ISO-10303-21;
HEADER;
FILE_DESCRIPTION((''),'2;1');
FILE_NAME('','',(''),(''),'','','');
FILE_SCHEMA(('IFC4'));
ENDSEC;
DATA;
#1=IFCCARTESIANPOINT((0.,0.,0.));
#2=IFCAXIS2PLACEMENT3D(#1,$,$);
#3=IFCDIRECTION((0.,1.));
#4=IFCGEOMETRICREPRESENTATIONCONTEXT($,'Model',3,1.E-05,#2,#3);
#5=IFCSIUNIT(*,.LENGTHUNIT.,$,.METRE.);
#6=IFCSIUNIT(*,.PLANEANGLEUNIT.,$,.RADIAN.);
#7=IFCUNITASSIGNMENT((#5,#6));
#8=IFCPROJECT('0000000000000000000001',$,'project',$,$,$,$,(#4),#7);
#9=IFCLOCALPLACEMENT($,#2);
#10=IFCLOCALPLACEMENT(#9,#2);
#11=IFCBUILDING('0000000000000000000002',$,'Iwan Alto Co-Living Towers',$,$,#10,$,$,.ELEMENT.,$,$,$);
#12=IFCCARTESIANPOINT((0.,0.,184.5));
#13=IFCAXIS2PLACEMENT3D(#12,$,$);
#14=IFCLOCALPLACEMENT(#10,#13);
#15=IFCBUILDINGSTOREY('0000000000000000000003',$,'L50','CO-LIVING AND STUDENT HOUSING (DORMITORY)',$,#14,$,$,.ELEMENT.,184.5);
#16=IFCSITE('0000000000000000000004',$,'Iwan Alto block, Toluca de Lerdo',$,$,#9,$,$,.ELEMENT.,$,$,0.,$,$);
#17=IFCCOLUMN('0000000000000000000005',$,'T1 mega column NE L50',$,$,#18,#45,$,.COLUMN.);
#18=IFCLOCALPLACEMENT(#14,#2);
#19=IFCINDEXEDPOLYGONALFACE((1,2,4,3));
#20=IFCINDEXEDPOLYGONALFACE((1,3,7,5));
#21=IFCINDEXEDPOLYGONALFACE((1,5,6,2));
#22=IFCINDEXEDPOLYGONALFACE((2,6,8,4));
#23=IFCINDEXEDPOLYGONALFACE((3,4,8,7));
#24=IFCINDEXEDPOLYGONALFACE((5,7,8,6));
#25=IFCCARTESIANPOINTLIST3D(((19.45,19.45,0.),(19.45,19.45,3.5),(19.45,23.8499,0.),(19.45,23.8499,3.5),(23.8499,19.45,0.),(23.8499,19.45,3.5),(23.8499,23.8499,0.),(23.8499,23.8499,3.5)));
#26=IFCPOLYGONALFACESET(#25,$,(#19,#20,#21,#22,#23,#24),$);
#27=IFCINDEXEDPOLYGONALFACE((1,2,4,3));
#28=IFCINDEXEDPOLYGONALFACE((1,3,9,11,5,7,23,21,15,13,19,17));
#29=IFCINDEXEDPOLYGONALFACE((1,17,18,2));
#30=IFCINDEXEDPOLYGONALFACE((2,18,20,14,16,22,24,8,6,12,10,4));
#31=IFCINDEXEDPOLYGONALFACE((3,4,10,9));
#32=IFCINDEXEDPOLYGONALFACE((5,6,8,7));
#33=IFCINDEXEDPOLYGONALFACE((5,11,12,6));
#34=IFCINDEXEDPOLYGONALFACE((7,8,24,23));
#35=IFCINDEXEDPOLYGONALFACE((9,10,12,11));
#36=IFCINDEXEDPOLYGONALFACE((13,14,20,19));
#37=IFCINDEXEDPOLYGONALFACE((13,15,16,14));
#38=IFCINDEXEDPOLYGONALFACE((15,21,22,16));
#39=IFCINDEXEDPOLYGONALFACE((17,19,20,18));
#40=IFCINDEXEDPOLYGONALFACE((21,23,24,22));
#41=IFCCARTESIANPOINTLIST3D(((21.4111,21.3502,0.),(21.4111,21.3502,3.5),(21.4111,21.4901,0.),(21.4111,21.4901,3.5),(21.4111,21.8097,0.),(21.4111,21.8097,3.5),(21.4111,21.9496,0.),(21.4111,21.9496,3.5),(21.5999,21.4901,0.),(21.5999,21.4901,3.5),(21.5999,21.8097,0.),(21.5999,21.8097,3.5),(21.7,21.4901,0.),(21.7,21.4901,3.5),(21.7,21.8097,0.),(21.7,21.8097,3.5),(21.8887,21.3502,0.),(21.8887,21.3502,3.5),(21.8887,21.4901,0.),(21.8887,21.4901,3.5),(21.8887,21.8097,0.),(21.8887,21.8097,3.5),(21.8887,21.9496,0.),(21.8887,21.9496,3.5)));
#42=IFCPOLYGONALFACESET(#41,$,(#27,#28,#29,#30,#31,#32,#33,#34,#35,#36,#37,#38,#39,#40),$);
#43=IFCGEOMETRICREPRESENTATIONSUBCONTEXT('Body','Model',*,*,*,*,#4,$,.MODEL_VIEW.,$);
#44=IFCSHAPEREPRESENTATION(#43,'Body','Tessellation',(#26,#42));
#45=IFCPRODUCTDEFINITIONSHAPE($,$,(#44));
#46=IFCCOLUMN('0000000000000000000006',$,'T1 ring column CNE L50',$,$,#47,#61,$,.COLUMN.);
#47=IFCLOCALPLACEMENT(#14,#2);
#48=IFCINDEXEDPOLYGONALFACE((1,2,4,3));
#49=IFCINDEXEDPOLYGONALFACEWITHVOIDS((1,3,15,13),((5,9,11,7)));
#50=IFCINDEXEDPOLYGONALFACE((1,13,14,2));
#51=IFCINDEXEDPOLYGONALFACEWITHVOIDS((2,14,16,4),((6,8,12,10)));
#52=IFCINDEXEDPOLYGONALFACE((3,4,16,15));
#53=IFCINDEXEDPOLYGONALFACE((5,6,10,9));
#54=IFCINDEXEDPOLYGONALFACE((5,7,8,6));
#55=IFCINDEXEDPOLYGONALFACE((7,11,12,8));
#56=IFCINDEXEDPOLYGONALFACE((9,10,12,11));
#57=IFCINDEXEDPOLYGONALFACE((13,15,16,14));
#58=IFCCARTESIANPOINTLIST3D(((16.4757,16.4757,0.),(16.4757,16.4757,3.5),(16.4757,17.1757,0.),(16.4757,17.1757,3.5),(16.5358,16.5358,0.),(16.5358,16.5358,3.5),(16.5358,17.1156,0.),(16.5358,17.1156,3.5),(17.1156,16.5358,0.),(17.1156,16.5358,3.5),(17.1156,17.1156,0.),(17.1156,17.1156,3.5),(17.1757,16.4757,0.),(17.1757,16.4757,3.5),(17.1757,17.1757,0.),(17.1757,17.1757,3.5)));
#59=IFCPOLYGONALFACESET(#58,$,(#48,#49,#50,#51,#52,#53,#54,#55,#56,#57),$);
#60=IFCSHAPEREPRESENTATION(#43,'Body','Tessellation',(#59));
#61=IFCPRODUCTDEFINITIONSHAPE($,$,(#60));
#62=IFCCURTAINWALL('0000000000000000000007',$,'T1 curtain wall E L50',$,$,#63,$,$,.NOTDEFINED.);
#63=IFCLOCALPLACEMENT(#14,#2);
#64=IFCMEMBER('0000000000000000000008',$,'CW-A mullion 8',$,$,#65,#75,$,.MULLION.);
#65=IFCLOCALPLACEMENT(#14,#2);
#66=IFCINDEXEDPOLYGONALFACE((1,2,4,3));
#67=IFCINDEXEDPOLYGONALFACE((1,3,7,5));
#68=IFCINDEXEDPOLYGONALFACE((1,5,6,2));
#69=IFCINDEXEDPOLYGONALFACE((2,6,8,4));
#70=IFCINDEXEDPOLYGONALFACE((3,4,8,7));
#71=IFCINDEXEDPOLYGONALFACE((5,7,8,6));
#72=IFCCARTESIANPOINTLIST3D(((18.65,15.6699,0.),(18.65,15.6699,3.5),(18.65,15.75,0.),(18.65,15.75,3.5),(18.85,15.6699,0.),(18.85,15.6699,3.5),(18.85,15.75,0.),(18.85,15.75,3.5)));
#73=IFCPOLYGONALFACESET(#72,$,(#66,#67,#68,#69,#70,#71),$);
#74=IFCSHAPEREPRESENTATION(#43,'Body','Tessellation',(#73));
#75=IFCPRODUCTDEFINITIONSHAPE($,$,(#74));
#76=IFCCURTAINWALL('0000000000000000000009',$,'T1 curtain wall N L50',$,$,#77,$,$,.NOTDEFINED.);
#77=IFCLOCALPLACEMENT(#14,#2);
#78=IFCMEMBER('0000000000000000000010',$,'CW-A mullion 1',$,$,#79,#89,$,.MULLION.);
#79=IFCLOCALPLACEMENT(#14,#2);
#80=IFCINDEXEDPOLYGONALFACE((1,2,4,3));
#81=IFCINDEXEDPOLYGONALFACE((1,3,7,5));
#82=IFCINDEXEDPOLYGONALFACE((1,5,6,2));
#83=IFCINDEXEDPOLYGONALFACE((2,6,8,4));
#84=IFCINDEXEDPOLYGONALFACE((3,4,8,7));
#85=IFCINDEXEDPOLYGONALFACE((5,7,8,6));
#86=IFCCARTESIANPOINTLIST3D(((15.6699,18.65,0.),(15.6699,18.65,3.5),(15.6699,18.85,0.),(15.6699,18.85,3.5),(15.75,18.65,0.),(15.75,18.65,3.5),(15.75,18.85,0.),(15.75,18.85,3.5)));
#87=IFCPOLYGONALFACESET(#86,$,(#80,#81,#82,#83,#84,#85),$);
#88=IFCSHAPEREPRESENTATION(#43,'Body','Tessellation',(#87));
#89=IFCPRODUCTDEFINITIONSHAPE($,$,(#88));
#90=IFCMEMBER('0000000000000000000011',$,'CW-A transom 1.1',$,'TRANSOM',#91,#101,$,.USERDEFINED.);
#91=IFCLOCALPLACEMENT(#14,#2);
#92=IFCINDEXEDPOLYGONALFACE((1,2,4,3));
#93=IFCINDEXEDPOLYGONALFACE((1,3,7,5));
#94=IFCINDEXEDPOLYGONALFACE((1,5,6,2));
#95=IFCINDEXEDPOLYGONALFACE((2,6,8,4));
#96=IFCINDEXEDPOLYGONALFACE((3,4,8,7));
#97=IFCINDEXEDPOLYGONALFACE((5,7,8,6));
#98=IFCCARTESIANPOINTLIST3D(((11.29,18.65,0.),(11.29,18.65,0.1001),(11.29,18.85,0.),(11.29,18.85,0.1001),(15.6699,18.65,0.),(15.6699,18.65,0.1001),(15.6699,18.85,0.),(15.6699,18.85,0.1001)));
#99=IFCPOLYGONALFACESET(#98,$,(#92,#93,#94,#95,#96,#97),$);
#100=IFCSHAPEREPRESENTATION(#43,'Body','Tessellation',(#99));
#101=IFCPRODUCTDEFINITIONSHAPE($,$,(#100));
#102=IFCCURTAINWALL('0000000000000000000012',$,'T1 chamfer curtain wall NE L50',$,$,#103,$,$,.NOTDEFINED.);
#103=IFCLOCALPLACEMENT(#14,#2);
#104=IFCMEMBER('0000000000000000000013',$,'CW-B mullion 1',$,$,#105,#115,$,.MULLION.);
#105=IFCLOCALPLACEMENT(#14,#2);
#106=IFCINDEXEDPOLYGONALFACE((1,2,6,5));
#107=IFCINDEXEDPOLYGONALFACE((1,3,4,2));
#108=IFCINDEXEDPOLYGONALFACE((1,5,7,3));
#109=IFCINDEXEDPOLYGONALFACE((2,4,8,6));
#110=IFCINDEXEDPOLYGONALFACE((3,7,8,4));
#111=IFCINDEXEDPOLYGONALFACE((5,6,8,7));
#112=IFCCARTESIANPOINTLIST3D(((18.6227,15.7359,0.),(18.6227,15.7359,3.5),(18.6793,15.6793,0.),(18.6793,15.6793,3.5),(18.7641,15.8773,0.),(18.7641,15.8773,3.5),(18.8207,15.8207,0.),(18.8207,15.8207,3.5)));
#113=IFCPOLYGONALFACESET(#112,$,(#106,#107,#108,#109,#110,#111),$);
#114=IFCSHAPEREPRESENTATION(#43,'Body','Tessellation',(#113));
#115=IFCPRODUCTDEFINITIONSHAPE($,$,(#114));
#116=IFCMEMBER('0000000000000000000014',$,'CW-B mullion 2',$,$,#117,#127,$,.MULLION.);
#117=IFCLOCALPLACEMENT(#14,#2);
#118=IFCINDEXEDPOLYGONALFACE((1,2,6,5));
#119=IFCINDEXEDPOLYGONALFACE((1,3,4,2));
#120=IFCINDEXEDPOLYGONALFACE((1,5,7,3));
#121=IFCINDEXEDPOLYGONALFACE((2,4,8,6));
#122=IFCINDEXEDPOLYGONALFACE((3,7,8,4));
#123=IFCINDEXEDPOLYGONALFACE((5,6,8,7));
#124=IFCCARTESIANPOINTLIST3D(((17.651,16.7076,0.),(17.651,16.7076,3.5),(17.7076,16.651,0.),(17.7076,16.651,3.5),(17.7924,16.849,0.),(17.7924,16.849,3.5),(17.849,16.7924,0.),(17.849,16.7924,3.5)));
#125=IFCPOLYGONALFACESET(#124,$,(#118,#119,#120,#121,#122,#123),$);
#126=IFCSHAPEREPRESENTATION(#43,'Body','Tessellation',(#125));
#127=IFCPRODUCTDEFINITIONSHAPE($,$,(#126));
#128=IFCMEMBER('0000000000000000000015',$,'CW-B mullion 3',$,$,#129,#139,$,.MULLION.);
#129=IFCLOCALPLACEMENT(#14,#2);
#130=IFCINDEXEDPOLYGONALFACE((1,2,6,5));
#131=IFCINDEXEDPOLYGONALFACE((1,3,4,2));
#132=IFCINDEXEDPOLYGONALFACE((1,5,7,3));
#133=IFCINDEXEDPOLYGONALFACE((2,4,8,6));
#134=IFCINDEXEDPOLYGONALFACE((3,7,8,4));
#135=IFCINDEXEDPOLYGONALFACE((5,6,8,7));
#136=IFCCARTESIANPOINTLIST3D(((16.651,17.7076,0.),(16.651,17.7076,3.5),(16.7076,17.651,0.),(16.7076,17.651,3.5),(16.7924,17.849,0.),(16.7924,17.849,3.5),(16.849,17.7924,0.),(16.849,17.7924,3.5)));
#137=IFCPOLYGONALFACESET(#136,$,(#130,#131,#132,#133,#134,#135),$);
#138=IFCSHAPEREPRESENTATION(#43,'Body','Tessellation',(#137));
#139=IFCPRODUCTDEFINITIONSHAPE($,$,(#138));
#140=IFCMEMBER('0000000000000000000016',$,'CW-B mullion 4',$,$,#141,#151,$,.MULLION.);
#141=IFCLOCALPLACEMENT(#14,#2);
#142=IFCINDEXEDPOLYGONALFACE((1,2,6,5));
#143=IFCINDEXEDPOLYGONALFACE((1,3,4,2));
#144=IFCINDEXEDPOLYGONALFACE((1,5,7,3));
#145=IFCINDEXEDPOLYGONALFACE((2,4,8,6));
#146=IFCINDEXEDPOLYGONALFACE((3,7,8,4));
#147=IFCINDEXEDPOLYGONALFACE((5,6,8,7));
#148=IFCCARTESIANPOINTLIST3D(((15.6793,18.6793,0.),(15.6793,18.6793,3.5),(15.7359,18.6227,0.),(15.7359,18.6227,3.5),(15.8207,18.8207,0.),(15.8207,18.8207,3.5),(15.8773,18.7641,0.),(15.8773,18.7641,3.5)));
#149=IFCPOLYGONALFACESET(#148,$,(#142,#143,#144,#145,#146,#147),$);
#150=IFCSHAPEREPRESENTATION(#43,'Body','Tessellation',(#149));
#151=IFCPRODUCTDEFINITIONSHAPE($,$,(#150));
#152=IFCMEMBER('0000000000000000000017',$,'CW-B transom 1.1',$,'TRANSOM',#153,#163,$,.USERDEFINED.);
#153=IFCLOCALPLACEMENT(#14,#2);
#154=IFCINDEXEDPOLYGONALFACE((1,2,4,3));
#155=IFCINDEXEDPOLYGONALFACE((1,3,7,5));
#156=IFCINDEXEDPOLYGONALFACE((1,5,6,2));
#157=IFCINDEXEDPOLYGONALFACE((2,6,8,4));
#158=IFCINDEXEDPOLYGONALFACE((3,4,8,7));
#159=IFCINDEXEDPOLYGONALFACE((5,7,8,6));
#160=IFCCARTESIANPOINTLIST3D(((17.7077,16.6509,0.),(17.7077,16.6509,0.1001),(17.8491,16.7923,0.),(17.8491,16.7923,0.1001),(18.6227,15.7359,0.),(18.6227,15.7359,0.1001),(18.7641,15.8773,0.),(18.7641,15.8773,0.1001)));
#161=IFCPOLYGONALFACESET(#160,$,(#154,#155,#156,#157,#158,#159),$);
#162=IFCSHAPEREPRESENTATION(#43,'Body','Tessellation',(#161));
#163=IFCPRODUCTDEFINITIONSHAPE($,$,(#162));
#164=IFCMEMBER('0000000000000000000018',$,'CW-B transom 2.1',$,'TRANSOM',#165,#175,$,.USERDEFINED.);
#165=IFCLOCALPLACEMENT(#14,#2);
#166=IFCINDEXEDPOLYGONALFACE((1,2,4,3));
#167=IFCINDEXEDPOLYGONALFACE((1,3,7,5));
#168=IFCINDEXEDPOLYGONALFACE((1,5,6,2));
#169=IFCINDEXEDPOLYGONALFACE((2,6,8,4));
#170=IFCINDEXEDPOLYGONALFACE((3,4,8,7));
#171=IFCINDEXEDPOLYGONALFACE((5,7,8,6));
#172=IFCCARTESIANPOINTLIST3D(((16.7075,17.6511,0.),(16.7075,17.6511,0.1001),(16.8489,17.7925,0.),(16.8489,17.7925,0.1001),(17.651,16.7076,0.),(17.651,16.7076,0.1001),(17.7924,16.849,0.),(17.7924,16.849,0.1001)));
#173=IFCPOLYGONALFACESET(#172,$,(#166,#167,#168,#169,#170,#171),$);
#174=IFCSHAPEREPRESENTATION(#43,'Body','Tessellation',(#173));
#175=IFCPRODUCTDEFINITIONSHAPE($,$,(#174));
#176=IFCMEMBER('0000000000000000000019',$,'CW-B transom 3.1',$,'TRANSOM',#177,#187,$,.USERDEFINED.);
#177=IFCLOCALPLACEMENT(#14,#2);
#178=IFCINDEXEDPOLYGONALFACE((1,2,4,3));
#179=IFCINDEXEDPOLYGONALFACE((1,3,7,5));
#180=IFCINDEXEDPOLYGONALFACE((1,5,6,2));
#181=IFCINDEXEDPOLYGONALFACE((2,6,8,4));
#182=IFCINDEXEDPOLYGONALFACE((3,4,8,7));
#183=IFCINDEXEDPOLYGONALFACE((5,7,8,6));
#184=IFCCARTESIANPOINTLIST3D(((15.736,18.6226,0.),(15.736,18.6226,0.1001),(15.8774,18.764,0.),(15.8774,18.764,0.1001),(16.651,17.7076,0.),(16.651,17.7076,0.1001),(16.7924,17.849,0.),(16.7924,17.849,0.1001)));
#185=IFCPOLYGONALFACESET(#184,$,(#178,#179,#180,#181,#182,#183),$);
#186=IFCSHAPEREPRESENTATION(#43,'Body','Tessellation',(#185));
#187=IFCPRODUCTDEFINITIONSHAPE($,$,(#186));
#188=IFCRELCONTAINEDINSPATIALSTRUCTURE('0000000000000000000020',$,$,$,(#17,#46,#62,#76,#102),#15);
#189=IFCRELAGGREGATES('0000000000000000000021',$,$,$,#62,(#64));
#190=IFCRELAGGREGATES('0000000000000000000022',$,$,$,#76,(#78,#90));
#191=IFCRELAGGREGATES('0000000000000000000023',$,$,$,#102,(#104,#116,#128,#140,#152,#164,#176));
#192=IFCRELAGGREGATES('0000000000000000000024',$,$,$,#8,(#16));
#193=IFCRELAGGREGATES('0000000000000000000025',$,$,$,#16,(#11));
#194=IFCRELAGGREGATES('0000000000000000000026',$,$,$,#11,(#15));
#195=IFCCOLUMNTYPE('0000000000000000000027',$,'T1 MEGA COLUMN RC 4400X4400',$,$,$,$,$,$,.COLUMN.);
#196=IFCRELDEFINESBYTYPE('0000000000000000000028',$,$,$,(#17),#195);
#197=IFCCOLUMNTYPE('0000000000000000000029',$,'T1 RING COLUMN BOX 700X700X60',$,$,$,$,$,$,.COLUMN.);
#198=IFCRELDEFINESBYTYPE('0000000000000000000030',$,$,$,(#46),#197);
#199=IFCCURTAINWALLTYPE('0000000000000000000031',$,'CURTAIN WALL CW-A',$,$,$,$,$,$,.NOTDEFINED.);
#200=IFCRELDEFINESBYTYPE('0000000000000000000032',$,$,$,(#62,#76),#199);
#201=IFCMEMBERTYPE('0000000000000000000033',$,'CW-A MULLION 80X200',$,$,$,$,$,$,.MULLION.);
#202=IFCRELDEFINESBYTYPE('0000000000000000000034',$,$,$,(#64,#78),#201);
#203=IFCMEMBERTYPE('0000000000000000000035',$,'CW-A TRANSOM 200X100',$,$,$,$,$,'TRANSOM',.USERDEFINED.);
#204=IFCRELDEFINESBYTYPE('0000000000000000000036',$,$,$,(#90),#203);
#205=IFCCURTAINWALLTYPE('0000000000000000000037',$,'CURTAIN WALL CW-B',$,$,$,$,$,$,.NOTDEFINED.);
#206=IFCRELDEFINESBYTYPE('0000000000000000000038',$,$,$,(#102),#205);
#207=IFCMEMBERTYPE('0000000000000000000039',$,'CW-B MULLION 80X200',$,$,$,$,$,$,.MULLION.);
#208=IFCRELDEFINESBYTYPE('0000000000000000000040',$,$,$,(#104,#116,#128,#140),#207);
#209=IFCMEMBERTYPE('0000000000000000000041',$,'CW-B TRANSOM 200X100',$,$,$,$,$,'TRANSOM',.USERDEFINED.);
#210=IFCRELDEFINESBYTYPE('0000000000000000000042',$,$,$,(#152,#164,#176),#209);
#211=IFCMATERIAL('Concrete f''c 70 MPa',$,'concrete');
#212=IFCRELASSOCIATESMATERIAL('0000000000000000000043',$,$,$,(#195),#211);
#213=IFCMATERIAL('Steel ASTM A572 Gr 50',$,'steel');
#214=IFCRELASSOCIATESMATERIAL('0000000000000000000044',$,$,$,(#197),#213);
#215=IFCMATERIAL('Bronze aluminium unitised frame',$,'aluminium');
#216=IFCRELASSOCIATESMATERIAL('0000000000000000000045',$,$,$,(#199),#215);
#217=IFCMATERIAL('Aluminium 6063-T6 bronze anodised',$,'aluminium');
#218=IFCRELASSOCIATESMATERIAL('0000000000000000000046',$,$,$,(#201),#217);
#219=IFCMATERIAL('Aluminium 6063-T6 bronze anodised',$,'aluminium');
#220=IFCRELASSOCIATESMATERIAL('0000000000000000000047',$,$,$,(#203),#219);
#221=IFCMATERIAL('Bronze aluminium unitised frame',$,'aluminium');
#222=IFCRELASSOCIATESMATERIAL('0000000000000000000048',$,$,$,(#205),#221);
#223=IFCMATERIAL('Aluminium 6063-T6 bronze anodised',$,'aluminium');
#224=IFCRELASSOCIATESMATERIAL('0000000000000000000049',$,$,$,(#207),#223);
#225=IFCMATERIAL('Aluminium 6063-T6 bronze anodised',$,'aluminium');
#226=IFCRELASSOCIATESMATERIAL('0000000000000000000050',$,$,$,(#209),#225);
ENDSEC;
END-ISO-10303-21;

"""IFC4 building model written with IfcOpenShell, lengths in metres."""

from ifc_helpers import new_model, si_unit, direction, frame, origin, origin_2d, place, context, subcontext, project, spatial, rectangle, hollow_rectangle, i_section, extrude, material, material_profile, profile_set, type_object, element, aggregate, save


model = new_model("IFC4")

# Units and contexts
model_context = context("Model", 3, precision=1e-05, world=origin(), true_north=direction((0.0, 1.0)))
body_context = subcontext(model_context, "Body", "Model", "MODEL_VIEW")
ifc_project = project(units=[si_unit("LENGTHUNIT", "METRE"), si_unit("PLANEANGLEUNIT", "RADIAN")], contexts=[model_context])

# Site, building, storey
site_placement = place(None, origin())
site = spatial("IfcSite", under=ifc_project, at=site_placement, Name="Iwan Alto block, Toluca de Lerdo", CompositionType="ELEMENT", RefElevation=0.0)
building_placement = place(site_placement, origin())
building = spatial("IfcBuilding", under=site, at=building_placement, Name="Iwan Alto Co-Living Towers", CompositionType="ELEMENT")
storey_placement = place(building_placement, frame((0.0, 0.0, 184.5)))
storey = spatial("IfcBuildingStorey", under=building, at=storey_placement, Name="L50", Description="CO-LIVING AND STUDENT HOUSING (DORMITORY)", CompositionType="ELEMENT", Elevation=184.5)

# Columns
ifc_material_1 = material(Name="Concrete f'c 70 MPa", Category="concrete")
ifc_material_profile_1 = material_profile(ifc_material_1, rectangle(XDim=4.3999, YDim=4.3999, at=origin_2d()), Name="RC 4400X4400")
ifc_profile_set_1 = profile_set([ifc_material_profile_1], Name="Concrete f'c 70 MPa")
column_type_1 = type_object("IfcColumnType", Name="T1 MEGA COLUMN RC 4400X4400", PredefinedType="COLUMN", material=ifc_profile_set_1)
column_1_placement = place(storey_placement, frame((21.6499, 21.6499, 0.0), z_axis=(0.0, 0.0, 1.0), x_axis=(1.0, 0.0, 0.0)))
element("IfcColumn", 1, at=column_1_placement, inside=storey, type_object=column_type_1, Name="T1 mega column NE L50", PredefinedType="COLUMN", context=body_context, shape_type="SweptSolid", body=[
    extrude(rectangle(XDim=4.3999, YDim=4.3999, at=origin_2d()), origin(), (0.0, 0.0, 1.0), 3.5),
    extrude(i_section(OverallWidth=0.4775, OverallDepth=0.5994, WebThickness=0.1001, FlangeThickness=0.1399, at=origin_2d()), origin(), (0.0, 0.0, 1.0), 3.5),
])
ifc_material_2 = material(Name="Steel ASTM A572 Gr 50", Category="steel")
ifc_material_profile_2 = material_profile(ifc_material_2, hollow_rectangle(XDim=0.7, YDim=0.7, WallThickness=0.0601, at=origin_2d()), Name="BOX 700X700X60")
ifc_profile_set_2 = profile_set([ifc_material_profile_2], Name="Steel ASTM A572 Gr 50")
column_type_2 = type_object("IfcColumnType", Name="T1 RING COLUMN BOX 700X700X60", PredefinedType="COLUMN", material=ifc_profile_set_2)
column_2_placement = place(storey_placement, frame((16.8257, 16.8257, 0.0), z_axis=(0.0, 0.0, 1.0), x_axis=(1.0, 0.0, 0.0)))
element("IfcColumn", 2, at=column_2_placement, inside=storey, type_object=column_type_2, Name="T1 ring column CNE L50", PredefinedType="COLUMN", context=body_context, shape_type="SweptSolid", body=[
    extrude(hollow_rectangle(XDim=0.7, YDim=0.7, WallThickness=0.0601, at=origin_2d()), origin(), (0.0, 0.0, 1.0), 3.5),
])

# Curtain wall, member
ifc_material_3 = material(Name="Bronze aluminium unitised frame", Category="aluminium")
curtain_wall_type_1 = type_object("IfcCurtainWallType", Name="CURTAIN WALL CW-A", PredefinedType="NOTDEFINED", material=ifc_material_3)
curtain_wall_1_placement = place(storey_placement, origin())
curtain_wall_1 = element("IfcCurtainWall", 3, at=curtain_wall_1_placement, inside=storey, type_object=curtain_wall_type_1, Name="T1 curtain wall E L50", PredefinedType="NOTDEFINED")
ifc_material_4 = material(Name="Aluminium 6063-T6 bronze anodised", Category="aluminium")
ifc_material_profile_3 = material_profile(ifc_material_4, rectangle(XDim=0.2, YDim=0.0801, at=origin_2d()), Name="AL 80X200")
ifc_profile_set_3 = profile_set([ifc_material_profile_3], Name="Aluminium 6063-T6 bronze anodised")
member_type_1 = type_object("IfcMemberType", Name="CW-A MULLION 80X200", PredefinedType="MULLION", material=ifc_profile_set_3)
member_1_placement = place(storey_placement, frame((18.75, 15.71, 0.0), z_axis=(0.0, 0.0, 1.0), x_axis=(-1.0, 0.0, 0.0)))
member_1 = element("IfcMember", 4, at=member_1_placement, type_object=member_type_1, Name="CW-A mullion 8", PredefinedType="MULLION", context=body_context, shape_type="SweptSolid", body=[
    extrude(rectangle(XDim=0.2, YDim=0.0801, at=origin_2d()), origin(), (0.0, 0.0, 1.0), 3.5),
])
aggregate(curtain_wall_1, [member_1])

# Curtain walls, members
curtain_wall_2_placement = place(storey_placement, origin())
curtain_wall_2 = element("IfcCurtainWall", 5, at=curtain_wall_2_placement, inside=storey, type_object=curtain_wall_type_1, Name="T1 curtain wall N L50", PredefinedType="NOTDEFINED")
member_2_placement = place(storey_placement, frame((15.71, 18.75, 0.0), z_axis=(0.0, 0.0, 1.0), x_axis=(0.0, -1.0, 0.0)))
member_2 = element("IfcMember", 6, at=member_2_placement, type_object=member_type_1, Name="CW-A mullion 1", PredefinedType="MULLION", context=body_context, shape_type="SweptSolid", body=[
    extrude(rectangle(XDim=0.2, YDim=0.0801, at=origin_2d()), origin(), (0.0, 0.0, 1.0), 3.5),
])
ifc_material_5 = material(Name="Aluminium 6063-T6 bronze anodised", Category="aluminium")
ifc_material_profile_4 = material_profile(ifc_material_5, rectangle(XDim=0.2, YDim=0.1001, at=origin_2d()), Name="AL 200X100")
ifc_profile_set_4 = profile_set([ifc_material_profile_4], Name="Aluminium 6063-T6 bronze anodised")
member_type_2 = type_object("IfcMemberType", Name="CW-A TRANSOM 200X100", ElementType="TRANSOM", PredefinedType="USERDEFINED", material=ifc_profile_set_4)
member_3_placement = place(storey_placement, frame((15.6699, 18.75, 0.05), z_axis=(-1.0, 0.0, 0.0), x_axis=(0.0, -1.0, 0.0)))
member_3 = element("IfcMember", 7, at=member_3_placement, type_object=member_type_2, Name="CW-A transom 1.1", ObjectType="TRANSOM", PredefinedType="USERDEFINED", context=body_context, shape_type="SweptSolid", body=[
    extrude(rectangle(XDim=0.2, YDim=0.1001, at=origin_2d()), origin(), (0.0, 0.0, 1.0), 4.3799),
])
ifc_material_6 = material(Name="Bronze aluminium unitised frame", Category="aluminium")
curtain_wall_type_2 = type_object("IfcCurtainWallType", Name="CURTAIN WALL CW-B", PredefinedType="NOTDEFINED", material=ifc_material_6)
curtain_wall_3_placement = place(storey_placement, origin())
curtain_wall_3 = element("IfcCurtainWall", 8, at=curtain_wall_3_placement, inside=storey, type_object=curtain_wall_type_2, Name="T1 chamfer curtain wall NE L50", PredefinedType="NOTDEFINED")
ifc_material_7 = material(Name="Aluminium 6063-T6 bronze anodised", Category="aluminium")
ifc_material_profile_5 = material_profile(ifc_material_7, rectangle(XDim=0.2, YDim=0.0801, at=origin_2d()), Name="AL 80X200")
ifc_profile_set_5 = profile_set([ifc_material_profile_5], Name="Aluminium 6063-T6 bronze anodised")
member_type_3 = type_object("IfcMemberType", Name="CW-B MULLION 80X200", PredefinedType="MULLION", material=ifc_profile_set_5)
member_4_placement = place(storey_placement, frame((18.7217, 15.7783, 0.0), z_axis=(0.0, 0.0, 1.0), x_axis=(-0.707107, -0.707107, 0.0)))
member_4 = element("IfcMember", 9, at=member_4_placement, type_object=member_type_3, Name="CW-B mullion 1", PredefinedType="MULLION", context=body_context, shape_type="SweptSolid", body=[
    extrude(rectangle(XDim=0.2, YDim=0.0801, at=origin_2d()), origin(), (0.0, 0.0, 1.0), 3.5),
])
member_5_placement = place(storey_placement, frame((17.75, 16.75, 0.0), z_axis=(0.0, 0.0, 1.0), x_axis=(-0.707107, -0.707107, 0.0)))
member_5 = element("IfcMember", 10, at=member_5_placement, type_object=member_type_3, Name="CW-B mullion 2", PredefinedType="MULLION", context=body_context, shape_type="SweptSolid", body=[
    extrude(rectangle(XDim=0.2, YDim=0.0801, at=origin_2d()), origin(), (0.0, 0.0, 1.0), 3.5),
])
member_6_placement = place(storey_placement, frame((16.75, 17.75, 0.0), z_axis=(0.0, 0.0, 1.0), x_axis=(-0.707107, -0.707107, 0.0)))
member_6 = element("IfcMember", 11, at=member_6_placement, type_object=member_type_3, Name="CW-B mullion 3", PredefinedType="MULLION", context=body_context, shape_type="SweptSolid", body=[
    extrude(rectangle(XDim=0.2, YDim=0.0801, at=origin_2d()), origin(), (0.0, 0.0, 1.0), 3.5),
])
member_7_placement = place(storey_placement, frame((15.7783, 18.7217, 0.0), z_axis=(0.0, 0.0, 1.0), x_axis=(-0.707107, -0.707107, 0.0)))
member_7 = element("IfcMember", 12, at=member_7_placement, type_object=member_type_3, Name="CW-B mullion 4", PredefinedType="MULLION", context=body_context, shape_type="SweptSolid", body=[
    extrude(rectangle(XDim=0.2, YDim=0.0801, at=origin_2d()), origin(), (0.0, 0.0, 1.0), 3.5),
])
ifc_material_8 = material(Name="Aluminium 6063-T6 bronze anodised", Category="aluminium")
ifc_material_profile_6 = material_profile(ifc_material_8, rectangle(XDim=0.2, YDim=0.1001, at=origin_2d()), Name="AL 200X100")
ifc_profile_set_6 = profile_set([ifc_material_profile_6], Name="Aluminium 6063-T6 bronze anodised")
member_type_4 = type_object("IfcMemberType", Name="CW-B TRANSOM 200X100", ElementType="TRANSOM", PredefinedType="USERDEFINED", material=ifc_profile_set_6)
member_8_placement = place(storey_placement, frame((18.6934, 15.8066, 0.05), z_axis=(-0.707107, 0.707107, 0.0), x_axis=(-0.707107, -0.707107, 0.0)))
member_8 = element("IfcMember", 13, at=member_8_placement, type_object=member_type_4, Name="CW-B transom 1.1", ObjectType="TRANSOM", PredefinedType="USERDEFINED", context=body_context, shape_type="SweptSolid", body=[
    extrude(rectangle(XDim=0.2, YDim=0.1001, at=origin_2d()), origin(), (0.0, 0.0, 1.0), 1.2939),
])
member_9_placement = place(storey_placement, frame((17.7217, 16.7783, 0.05), z_axis=(-0.707107, 0.707107, 0.0), x_axis=(-0.707107, -0.707107, 0.0)))
member_9 = element("IfcMember", 14, at=member_9_placement, type_object=member_type_4, Name="CW-B transom 2.1", ObjectType="TRANSOM", PredefinedType="USERDEFINED", context=body_context, shape_type="SweptSolid", body=[
    extrude(rectangle(XDim=0.2, YDim=0.1001, at=origin_2d()), origin(), (0.0, 0.0, 1.0), 1.3342),
])
member_10_placement = place(storey_placement, frame((16.7217, 17.7783, 0.05), z_axis=(-0.707107, 0.707107, 0.0), x_axis=(-0.707107, -0.707107, 0.0)))
member_10 = element("IfcMember", 15, at=member_10_placement, type_object=member_type_4, Name="CW-B transom 3.1", ObjectType="TRANSOM", PredefinedType="USERDEFINED", context=body_context, shape_type="SweptSolid", body=[
    extrude(rectangle(XDim=0.2, YDim=0.1001, at=origin_2d()), origin(), (0.0, 0.0, 1.0), 1.2939),
])

aggregate(curtain_wall_2, [member_2, member_3])
aggregate(curtain_wall_3, [member_4, member_5, member_6, member_7, member_8, member_9, member_10])

save(model, "model.ifc")
